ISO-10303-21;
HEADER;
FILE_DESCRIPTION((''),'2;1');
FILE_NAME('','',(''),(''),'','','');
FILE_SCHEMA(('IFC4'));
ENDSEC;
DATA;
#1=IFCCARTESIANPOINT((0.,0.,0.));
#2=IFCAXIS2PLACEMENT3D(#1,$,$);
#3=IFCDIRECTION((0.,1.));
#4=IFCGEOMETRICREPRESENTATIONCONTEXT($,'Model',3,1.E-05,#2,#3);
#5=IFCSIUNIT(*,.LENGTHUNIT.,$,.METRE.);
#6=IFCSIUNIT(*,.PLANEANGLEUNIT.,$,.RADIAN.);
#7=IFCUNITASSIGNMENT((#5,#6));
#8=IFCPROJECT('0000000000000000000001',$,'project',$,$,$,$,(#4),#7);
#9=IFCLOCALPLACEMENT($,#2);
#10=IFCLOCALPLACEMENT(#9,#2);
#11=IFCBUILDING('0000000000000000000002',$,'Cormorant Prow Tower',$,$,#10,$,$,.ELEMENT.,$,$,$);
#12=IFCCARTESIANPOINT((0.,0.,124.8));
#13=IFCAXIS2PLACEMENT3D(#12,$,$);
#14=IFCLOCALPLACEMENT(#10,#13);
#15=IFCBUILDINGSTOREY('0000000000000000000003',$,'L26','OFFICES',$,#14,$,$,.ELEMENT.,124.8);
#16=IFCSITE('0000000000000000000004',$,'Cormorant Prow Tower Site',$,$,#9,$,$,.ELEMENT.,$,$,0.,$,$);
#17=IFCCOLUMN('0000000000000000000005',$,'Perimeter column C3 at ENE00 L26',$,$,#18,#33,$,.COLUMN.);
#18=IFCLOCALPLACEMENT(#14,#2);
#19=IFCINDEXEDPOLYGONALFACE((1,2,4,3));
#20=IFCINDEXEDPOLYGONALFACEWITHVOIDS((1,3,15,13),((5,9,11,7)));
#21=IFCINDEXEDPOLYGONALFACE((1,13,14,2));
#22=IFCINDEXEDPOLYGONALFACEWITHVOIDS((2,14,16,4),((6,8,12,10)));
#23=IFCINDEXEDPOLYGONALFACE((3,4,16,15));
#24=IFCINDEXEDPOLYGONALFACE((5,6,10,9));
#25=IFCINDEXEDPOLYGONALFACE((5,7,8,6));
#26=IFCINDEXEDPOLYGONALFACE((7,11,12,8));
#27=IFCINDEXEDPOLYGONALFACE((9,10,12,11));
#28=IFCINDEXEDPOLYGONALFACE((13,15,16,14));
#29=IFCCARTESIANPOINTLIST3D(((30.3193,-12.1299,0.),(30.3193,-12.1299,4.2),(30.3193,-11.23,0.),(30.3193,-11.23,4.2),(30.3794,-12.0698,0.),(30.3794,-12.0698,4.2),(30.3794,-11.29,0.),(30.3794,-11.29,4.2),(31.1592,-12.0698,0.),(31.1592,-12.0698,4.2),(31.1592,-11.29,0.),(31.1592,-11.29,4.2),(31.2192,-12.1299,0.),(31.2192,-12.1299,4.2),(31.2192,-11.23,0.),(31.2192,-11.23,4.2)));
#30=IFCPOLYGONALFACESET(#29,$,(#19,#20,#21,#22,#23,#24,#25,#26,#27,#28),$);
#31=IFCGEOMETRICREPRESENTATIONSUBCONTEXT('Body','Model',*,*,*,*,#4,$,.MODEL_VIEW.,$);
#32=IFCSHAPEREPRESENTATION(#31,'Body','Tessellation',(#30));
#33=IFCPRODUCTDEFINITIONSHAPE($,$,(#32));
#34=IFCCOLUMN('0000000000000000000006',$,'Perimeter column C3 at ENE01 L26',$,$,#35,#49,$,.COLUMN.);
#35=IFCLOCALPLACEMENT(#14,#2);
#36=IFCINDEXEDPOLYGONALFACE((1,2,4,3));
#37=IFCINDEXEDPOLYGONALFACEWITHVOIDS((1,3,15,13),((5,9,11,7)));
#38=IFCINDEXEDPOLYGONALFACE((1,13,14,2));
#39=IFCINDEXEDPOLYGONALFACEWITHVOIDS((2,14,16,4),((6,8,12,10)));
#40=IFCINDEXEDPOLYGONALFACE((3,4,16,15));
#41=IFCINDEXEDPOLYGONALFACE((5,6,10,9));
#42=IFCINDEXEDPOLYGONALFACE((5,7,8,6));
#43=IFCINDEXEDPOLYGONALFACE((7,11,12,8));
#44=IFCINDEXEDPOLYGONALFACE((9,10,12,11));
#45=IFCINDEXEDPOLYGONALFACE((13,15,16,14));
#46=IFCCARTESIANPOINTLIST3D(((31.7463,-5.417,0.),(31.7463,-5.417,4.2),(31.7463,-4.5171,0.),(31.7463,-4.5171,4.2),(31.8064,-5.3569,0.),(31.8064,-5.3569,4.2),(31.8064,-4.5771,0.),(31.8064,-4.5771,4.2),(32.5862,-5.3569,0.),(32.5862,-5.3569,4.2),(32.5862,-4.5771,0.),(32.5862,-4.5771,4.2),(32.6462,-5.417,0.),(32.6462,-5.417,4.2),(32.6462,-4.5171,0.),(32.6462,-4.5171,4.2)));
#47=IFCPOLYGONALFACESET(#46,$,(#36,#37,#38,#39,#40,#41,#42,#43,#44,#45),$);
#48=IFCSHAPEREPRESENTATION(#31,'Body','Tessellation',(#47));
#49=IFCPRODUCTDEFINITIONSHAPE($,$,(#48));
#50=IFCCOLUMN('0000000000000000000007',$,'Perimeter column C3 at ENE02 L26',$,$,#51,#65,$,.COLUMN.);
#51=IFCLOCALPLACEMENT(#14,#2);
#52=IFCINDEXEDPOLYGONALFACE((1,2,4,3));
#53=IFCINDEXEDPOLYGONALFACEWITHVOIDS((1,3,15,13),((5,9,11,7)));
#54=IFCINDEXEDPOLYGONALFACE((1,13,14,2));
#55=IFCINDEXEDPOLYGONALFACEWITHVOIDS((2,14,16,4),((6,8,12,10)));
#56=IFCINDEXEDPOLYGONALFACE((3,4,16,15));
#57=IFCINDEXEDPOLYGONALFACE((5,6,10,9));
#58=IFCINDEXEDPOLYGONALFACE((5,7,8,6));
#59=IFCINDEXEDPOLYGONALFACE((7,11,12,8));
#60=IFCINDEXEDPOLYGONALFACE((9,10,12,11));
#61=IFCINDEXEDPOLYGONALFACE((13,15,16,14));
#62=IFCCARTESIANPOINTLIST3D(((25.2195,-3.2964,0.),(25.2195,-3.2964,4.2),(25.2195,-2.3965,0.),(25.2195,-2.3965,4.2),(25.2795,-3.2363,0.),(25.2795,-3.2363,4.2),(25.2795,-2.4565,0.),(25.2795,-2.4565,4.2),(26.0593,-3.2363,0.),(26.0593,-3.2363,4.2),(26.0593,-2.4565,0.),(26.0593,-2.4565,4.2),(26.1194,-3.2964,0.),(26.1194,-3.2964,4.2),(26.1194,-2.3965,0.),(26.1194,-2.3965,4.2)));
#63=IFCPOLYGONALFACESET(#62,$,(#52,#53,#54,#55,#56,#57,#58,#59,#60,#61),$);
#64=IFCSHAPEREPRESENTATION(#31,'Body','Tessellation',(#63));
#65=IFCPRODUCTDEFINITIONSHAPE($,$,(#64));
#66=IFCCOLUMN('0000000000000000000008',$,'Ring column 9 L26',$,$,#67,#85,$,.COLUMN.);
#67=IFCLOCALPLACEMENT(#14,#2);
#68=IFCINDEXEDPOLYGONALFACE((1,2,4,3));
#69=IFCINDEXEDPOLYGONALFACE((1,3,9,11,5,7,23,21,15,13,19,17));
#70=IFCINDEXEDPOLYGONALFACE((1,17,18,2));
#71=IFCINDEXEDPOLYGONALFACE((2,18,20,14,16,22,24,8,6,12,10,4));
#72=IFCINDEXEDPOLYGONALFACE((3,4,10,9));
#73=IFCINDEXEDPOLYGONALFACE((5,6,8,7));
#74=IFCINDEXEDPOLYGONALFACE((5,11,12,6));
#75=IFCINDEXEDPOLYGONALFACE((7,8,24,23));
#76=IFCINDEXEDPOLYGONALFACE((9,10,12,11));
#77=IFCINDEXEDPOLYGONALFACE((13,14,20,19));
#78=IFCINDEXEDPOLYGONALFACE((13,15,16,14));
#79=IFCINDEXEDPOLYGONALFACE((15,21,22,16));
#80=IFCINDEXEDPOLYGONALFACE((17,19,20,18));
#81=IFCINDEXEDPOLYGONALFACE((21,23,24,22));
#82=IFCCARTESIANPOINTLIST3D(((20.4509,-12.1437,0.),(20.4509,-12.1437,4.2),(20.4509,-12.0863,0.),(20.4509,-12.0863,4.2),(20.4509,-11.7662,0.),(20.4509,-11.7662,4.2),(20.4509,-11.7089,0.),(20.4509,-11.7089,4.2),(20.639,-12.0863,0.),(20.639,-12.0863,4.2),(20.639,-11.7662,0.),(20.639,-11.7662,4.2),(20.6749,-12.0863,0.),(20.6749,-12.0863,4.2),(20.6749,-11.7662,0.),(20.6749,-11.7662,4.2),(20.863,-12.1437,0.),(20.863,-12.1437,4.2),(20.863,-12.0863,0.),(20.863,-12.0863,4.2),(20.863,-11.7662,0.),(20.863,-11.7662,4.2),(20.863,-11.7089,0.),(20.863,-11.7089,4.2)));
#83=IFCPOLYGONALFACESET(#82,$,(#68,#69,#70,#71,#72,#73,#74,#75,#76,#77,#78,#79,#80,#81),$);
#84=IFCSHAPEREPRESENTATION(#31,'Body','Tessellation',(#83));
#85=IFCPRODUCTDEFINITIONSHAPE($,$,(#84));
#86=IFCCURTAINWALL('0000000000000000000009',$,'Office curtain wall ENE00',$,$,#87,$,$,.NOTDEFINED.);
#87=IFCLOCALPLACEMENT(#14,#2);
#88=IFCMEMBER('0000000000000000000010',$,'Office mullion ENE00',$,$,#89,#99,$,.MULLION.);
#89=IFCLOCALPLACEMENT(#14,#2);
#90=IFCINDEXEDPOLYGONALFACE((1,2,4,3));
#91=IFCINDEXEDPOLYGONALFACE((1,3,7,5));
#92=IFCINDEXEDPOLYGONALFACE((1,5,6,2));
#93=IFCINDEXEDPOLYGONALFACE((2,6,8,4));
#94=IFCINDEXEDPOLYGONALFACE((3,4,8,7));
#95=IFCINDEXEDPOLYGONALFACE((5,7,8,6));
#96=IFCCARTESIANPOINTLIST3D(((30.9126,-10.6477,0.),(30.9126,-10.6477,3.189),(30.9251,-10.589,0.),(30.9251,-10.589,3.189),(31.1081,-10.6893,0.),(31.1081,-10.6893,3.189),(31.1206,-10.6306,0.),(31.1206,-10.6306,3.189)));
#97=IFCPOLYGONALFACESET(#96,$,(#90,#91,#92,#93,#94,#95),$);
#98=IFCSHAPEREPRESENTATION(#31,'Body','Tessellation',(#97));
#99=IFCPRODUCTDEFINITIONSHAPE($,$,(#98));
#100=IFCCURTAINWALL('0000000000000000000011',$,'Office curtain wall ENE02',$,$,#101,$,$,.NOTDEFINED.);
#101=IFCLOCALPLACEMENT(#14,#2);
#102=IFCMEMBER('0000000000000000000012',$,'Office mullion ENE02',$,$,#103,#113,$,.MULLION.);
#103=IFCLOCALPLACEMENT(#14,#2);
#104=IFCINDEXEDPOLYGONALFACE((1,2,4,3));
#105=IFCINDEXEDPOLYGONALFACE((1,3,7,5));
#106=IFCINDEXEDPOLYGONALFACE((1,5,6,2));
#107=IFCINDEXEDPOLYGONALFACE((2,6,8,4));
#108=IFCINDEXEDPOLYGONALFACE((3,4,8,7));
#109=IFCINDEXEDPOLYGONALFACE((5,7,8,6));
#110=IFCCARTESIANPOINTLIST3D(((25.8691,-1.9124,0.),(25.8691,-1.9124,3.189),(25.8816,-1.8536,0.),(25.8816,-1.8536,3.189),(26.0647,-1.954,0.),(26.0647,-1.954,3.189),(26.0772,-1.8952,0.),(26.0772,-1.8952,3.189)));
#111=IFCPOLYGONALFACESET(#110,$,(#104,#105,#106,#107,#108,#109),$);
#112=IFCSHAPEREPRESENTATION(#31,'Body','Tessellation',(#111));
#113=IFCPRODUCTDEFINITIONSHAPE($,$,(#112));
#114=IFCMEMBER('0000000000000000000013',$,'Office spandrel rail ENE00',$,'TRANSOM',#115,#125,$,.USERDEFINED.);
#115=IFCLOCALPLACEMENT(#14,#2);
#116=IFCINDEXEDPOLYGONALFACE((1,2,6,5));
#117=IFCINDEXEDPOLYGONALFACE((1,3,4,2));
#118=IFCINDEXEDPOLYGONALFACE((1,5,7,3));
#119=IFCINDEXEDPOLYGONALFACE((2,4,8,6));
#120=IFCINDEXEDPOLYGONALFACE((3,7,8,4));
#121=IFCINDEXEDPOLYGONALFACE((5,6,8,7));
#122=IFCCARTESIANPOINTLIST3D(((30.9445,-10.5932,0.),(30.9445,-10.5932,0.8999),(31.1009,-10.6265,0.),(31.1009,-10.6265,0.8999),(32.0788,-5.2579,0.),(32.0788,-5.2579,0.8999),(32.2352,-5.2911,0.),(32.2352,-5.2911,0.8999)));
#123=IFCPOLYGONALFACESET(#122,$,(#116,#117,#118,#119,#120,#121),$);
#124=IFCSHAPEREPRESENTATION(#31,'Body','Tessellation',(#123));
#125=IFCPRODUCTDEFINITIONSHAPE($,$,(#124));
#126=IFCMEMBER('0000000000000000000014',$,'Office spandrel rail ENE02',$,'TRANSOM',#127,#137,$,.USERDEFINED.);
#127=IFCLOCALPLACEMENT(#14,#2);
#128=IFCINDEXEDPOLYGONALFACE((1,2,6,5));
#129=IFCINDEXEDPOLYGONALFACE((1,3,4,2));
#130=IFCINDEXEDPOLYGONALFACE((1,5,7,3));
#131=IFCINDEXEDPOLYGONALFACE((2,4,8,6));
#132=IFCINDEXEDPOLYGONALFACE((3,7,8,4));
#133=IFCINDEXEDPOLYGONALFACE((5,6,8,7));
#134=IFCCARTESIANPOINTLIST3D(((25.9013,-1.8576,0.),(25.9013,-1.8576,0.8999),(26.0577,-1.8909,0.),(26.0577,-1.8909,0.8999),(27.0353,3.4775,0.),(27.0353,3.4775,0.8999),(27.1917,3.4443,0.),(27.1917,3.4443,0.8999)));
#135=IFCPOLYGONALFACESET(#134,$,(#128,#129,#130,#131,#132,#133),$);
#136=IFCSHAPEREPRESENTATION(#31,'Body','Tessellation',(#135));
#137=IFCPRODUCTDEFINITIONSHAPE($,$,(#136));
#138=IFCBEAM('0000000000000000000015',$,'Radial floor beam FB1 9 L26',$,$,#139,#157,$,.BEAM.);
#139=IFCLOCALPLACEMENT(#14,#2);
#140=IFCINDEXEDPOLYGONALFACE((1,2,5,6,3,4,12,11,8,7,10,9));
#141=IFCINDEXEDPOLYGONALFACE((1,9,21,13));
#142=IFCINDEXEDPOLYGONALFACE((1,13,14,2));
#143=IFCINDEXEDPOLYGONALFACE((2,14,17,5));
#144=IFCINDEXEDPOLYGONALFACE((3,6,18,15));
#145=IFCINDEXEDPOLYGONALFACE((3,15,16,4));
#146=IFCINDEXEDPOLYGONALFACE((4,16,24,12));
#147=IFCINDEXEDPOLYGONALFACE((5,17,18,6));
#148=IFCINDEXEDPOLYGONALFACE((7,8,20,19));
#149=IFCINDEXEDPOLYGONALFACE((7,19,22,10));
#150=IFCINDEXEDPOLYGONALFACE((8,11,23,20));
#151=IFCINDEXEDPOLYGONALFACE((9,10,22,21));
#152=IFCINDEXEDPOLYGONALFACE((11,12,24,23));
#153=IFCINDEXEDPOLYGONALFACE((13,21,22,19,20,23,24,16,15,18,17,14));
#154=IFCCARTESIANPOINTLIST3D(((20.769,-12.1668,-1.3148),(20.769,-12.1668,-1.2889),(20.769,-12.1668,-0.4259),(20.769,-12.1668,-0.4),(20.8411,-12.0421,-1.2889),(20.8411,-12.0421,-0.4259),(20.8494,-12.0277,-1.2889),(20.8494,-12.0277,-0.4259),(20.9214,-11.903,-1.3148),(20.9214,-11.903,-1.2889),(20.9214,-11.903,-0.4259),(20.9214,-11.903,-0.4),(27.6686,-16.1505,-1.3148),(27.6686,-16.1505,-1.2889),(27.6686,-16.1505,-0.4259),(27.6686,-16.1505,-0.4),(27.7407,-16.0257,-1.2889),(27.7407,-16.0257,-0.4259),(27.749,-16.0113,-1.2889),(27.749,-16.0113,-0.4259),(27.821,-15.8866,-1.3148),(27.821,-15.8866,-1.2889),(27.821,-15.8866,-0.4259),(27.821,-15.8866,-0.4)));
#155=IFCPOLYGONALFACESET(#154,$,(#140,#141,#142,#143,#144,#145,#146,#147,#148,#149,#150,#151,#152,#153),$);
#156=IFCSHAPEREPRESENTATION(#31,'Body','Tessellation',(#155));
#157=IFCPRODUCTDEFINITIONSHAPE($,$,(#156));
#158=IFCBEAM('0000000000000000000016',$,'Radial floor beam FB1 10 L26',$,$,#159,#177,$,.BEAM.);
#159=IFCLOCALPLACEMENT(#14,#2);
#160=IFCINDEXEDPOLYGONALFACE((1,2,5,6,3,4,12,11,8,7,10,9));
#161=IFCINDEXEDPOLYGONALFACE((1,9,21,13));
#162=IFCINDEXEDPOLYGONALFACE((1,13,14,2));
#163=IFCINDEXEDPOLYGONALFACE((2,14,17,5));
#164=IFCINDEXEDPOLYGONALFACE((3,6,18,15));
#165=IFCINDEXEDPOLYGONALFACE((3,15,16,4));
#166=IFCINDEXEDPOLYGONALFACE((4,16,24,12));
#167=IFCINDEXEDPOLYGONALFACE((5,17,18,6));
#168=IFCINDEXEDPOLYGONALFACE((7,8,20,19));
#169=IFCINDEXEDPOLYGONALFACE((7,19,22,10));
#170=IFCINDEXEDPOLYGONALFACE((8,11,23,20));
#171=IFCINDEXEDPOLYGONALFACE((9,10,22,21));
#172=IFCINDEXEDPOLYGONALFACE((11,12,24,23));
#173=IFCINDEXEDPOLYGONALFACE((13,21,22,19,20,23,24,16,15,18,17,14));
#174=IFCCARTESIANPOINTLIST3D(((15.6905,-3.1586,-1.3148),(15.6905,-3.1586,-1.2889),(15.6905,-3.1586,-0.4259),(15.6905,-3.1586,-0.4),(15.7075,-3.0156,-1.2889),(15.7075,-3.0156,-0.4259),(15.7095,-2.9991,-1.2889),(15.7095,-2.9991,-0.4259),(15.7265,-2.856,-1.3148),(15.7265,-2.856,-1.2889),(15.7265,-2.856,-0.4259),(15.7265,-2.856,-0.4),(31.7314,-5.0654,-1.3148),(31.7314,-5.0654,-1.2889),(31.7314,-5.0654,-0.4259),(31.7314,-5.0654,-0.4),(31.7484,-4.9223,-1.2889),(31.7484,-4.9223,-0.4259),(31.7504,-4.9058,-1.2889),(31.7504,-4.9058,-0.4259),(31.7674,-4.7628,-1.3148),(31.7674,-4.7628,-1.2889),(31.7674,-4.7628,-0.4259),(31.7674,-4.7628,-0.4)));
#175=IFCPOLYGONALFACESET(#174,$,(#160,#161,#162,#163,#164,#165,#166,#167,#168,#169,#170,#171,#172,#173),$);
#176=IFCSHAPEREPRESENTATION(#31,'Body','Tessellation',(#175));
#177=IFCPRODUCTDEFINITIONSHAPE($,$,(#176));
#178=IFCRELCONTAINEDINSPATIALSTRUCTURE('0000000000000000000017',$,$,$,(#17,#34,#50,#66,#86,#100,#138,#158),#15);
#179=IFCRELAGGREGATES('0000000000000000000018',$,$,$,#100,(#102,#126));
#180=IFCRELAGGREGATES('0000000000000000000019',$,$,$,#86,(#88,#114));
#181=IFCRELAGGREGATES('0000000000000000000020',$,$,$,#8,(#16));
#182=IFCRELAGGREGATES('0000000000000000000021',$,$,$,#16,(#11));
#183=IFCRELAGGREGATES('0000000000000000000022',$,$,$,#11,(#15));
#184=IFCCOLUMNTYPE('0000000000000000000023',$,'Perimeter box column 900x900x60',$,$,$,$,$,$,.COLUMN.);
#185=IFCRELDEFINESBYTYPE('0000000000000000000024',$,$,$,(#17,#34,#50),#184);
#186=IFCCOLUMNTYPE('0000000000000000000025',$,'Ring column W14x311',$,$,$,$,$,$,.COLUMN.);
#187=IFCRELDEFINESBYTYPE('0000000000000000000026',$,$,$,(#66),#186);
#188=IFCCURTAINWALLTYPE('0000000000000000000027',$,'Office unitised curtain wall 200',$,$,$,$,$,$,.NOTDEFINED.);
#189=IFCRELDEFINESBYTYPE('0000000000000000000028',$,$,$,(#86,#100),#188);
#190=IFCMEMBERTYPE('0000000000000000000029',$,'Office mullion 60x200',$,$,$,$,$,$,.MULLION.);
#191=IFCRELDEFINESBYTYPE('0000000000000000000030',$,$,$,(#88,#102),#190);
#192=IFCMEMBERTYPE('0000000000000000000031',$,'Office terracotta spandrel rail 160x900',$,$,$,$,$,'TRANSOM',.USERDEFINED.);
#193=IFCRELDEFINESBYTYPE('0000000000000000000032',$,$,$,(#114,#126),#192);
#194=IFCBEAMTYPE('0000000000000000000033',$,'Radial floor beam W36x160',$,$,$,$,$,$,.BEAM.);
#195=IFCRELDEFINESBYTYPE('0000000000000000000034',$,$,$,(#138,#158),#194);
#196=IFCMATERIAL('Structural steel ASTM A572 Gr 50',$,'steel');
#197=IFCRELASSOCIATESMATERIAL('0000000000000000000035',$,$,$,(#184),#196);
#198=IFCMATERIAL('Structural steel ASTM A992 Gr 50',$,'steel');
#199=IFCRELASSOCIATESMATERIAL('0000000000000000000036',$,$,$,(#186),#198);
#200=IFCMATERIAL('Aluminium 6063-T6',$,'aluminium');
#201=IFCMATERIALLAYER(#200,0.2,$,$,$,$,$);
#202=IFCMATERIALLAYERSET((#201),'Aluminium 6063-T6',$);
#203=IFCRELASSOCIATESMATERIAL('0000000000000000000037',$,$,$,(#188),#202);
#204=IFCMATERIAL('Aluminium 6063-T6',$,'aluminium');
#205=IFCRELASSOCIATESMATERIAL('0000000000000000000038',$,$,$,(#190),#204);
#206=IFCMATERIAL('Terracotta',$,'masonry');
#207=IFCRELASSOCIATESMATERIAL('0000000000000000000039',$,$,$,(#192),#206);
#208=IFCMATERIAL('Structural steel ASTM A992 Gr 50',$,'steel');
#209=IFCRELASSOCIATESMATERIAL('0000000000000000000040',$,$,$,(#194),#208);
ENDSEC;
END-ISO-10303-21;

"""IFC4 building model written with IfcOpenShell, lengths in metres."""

from ifc_helpers import new_model, si_unit, direction, frame, origin, origin_2d, place, context, subcontext, project, spatial, rectangle, hollow_rectangle, i_section, extrude, material, layer, layer_set, material_profile, profile_set, type_object, element, aggregate, save


model = new_model("IFC4")

# Units and contexts
model_context = context("Model", 3, precision=1e-05, world=origin(), true_north=direction((0.0, 1.0)))
body_context = subcontext(model_context, "Body", "Model", "MODEL_VIEW")
ifc_project = project(units=[si_unit("LENGTHUNIT", "METRE"), si_unit("PLANEANGLEUNIT", "RADIAN")], contexts=[model_context])

# Site, building, storey
site_placement = place(None, origin())
site = spatial("IfcSite", under=ifc_project, at=site_placement, Name="Cormorant Prow Tower Site", CompositionType="ELEMENT", RefElevation=0.0)
building_placement = place(site_placement, origin())
building = spatial("IfcBuilding", under=site, at=building_placement, Name="Cormorant Prow Tower", CompositionType="ELEMENT")
storey_placement = place(building_placement, frame((0.0, 0.0, 124.8)))
storey = spatial("IfcBuildingStorey", under=building, at=storey_placement, Name="L26", Description="OFFICES", CompositionType="ELEMENT", Elevation=124.8)

# Columns
ifc_material_1 = material(Name="Structural steel ASTM A572 Gr 50", Category="steel")
ifc_material_profile_1 = material_profile(ifc_material_1, hollow_rectangle(XDim=0.8999, YDim=0.8999, WallThickness=0.0601, at=origin_2d()), Name="Box 900x900x60")
ifc_profile_set_1 = profile_set([ifc_material_profile_1], Name="Structural steel ASTM A572 Gr 50")
column_type_1 = type_object("IfcColumnType", Name="Perimeter box column 900x900x60", PredefinedType="COLUMN", material=ifc_profile_set_1)
for number, where, z_axis, x_axis, name in (
    (1, (30.7693, -11.6799, 0.0), (0.0, 0.0, 1.0), (1.0, 0.0, 0.0), "Perimeter column C3 at ENE00 L26"),
    (2, (32.1963, -4.967, 0.0), (0.0, 0.0, 1.0), (1.0, 0.0, 0.0), "Perimeter column C3 at ENE01 L26"),
    (3, (25.6694, -2.8464, 0.0), (0.0, 0.0, 1.0), (1.0, 0.0, 0.0), "Perimeter column C3 at ENE02 L26"),
):
    element("IfcColumn", number, at=place(storey_placement, frame(where, z_axis=z_axis, x_axis=x_axis)), inside=storey, type_object=column_type_1, Name=name, PredefinedType="COLUMN", context=body_context, shape_type="SweptSolid", body=[
        extrude(hollow_rectangle(XDim=0.8999, YDim=0.8999, WallThickness=0.0601, at=origin_2d()), origin(), (0.0, 0.0, 1.0), 4.2),
    ])
ifc_material_2 = material(Name="Structural steel ASTM A992 Gr 50", Category="steel")
ifc_material_profile_2 = material_profile(ifc_material_2, i_section(OverallWidth=0.4121, OverallDepth=0.4348, WebThickness=0.0359, FlangeThickness=0.0574, at=origin_2d()), Name="W14x311")
ifc_profile_set_2 = profile_set([ifc_material_profile_2], Name="Structural steel ASTM A992 Gr 50")
column_type_2 = type_object("IfcColumnType", Name="Ring column W14x311", PredefinedType="COLUMN", material=ifc_profile_set_2)
column_placement = place(storey_placement, frame((20.657, -11.9263, 0.0), z_axis=(0.0, 0.0, 1.0), x_axis=(1.0, 0.0, 0.0)))
element("IfcColumn", 4, at=column_placement, inside=storey, type_object=column_type_2, Name="Ring column 9 L26", PredefinedType="COLUMN", context=body_context, shape_type="SweptSolid", body=[
    extrude(i_section(OverallWidth=0.4121, OverallDepth=0.4348, WebThickness=0.0359, FlangeThickness=0.0574, at=origin_2d()), origin(), (0.0, 0.0, 1.0), 4.2),
])

# Curtain walls, members
ifc_material_3 = material(Name="Aluminium 6063-T6", Category="aluminium")
ifc_layer_1 = layer(ifc_material_3, 0.2)
ifc_layer_set_1 = layer_set([ifc_layer_1], Name="Aluminium 6063-T6")
curtain_wall_type = type_object("IfcCurtainWallType", Name="Office unitised curtain wall 200", PredefinedType="NOTDEFINED", material=ifc_layer_set_1)
curtain_wall_1_placement = place(storey_placement, origin())
curtain_wall_1 = element("IfcCurtainWall", 5, at=curtain_wall_1_placement, inside=storey, type_object=curtain_wall_type, Name="Office curtain wall ENE00", PredefinedType="NOTDEFINED")
ifc_material_4 = material(Name="Aluminium 6063-T6", Category="aluminium")
ifc_material_profile_3 = material_profile(ifc_material_4, rectangle(XDim=0.2, YDim=0.0601, at=origin_2d()), Name="Office mullion 60x200")
ifc_profile_set_3 = profile_set([ifc_material_profile_3], Name="Aluminium 6063-T6")
member_type_1 = type_object("IfcMemberType", Name="Office mullion 60x200", PredefinedType="MULLION", material=ifc_profile_set_3)
member_1_placement = place(storey_placement, frame((31.0166, -10.6392, 0.0), z_axis=(0.0, 0.0, 1.0), x_axis=(-0.978148, 0.207912, 0.0)))
member_1 = element("IfcMember", 6, at=member_1_placement, type_object=member_type_1, Name="Office mullion ENE00", PredefinedType="MULLION", context=body_context, shape_type="SweptSolid", body=[
    extrude(rectangle(XDim=0.2, YDim=0.0601, at=origin_2d()), origin(), (0.0, 0.0, 1.0), 3.189),
])
curtain_wall_2_placement = place(storey_placement, origin())
curtain_wall_2 = element("IfcCurtainWall", 7, at=curtain_wall_2_placement, inside=storey, type_object=curtain_wall_type, Name="Office curtain wall ENE02", PredefinedType="NOTDEFINED")
member_2_placement = place(storey_placement, frame((25.9731, -1.9038, 0.0), z_axis=(0.0, 0.0, 1.0), x_axis=(-0.978148, 0.207912, 0.0)))
member_2 = element("IfcMember", 8, at=member_2_placement, type_object=member_type_1, Name="Office mullion ENE02", PredefinedType="MULLION", context=body_context, shape_type="SweptSolid", body=[
    extrude(rectangle(XDim=0.2, YDim=0.0601, at=origin_2d()), origin(), (0.0, 0.0, 1.0), 3.189),
])

# Members
ifc_material_5 = material(Name="Terracotta", Category="masonry")
ifc_material_profile_4 = material_profile(ifc_material_5, rectangle(XDim=0.1599, YDim=0.8999, at=origin_2d()), Name="Office terracotta spandrel rail 160x900")
ifc_profile_set_4 = profile_set([ifc_material_profile_4], Name="Terracotta")
member_type_2 = type_object("IfcMemberType", Name="Office terracotta spandrel rail 160x900", ElementType="TRANSOM", PredefinedType="USERDEFINED", material=ifc_profile_set_4)
member_3_placement = place(storey_placement, frame((31.0227, -10.6099, 0.45), z_axis=(0.207945, 0.97814, 0.0), x_axis=(-0.97814, 0.207945, 0.0)))
member_3 = element("IfcMember", 9, at=member_3_placement, type_object=member_type_2, Name="Office spandrel rail ENE00", ObjectType="TRANSOM", PredefinedType="USERDEFINED", context=body_context, shape_type="SweptSolid", body=[
    extrude(rectangle(XDim=0.1599, YDim=0.8999, at=origin_2d()), origin(), (0.0, 0.0, 1.0), 5.4546),
])
member_4_placement = place(storey_placement, frame((25.9795, -1.8743, 0.45), z_axis=(0.207912, 0.978148, 0.0), x_axis=(-0.978148, 0.207912, 0.0)))
member_4 = element("IfcMember", 10, at=member_4_placement, type_object=member_type_2, Name="Office spandrel rail ENE02", ObjectType="TRANSOM", PredefinedType="USERDEFINED", context=body_context, shape_type="SweptSolid", body=[
    extrude(rectangle(XDim=0.1599, YDim=0.8999, at=origin_2d()), origin(), (0.0, 0.0, 1.0), 5.4543),
])
aggregate(curtain_wall_2, [member_2, member_4])

# Beams
ifc_material_6 = material(Name="Structural steel ASTM A992 Gr 50", Category="steel")
ifc_material_profile_5 = material_profile(ifc_material_6, i_section(OverallWidth=0.3047, OverallDepth=0.9148, WebThickness=0.0166, FlangeThickness=0.0259, at=origin_2d()), Name="W36x160")
ifc_profile_set_5 = profile_set([ifc_material_profile_5], Name="Structural steel ASTM A992 Gr 50")
beam_type_1 = type_object("IfcBeamType", Name="Radial floor beam W36x160", PredefinedType="BEAM", material=ifc_profile_set_5)
beam_1_placement = place(storey_placement, frame((20.8452, -12.0349, -0.8574), z_axis=(0.866019, -0.500012, 0.0), x_axis=(0.500012, 0.866019, 0.0)))
element("IfcBeam", 11, at=beam_1_placement, inside=storey, type_object=beam_type_1, Name="Radial floor beam FB1 9 L26", PredefinedType="BEAM", context=body_context, shape_type="SweptSolid", body=[
    extrude(i_section(OverallWidth=0.3047, OverallDepth=0.9148, WebThickness=0.0166, FlangeThickness=0.0259, at=origin_2d()), origin(), (0.0, 0.0, 1.0), 7.967),
])
beam_2_placement = place(storey_placement, frame((15.7085, -3.0073, -0.8574), z_axis=(0.993009, -0.118037, 0.0), x_axis=(0.118037, 0.993009, 0.0)))
element("IfcBeam", 12, at=beam_2_placement, inside=storey, type_object=beam_type_1, Name="Radial floor beam FB1 10 L26", PredefinedType="BEAM", context=body_context, shape_type="SweptSolid", body=[
    extrude(i_section(OverallWidth=0.3047, OverallDepth=0.9148, WebThickness=0.0166, FlangeThickness=0.0259, at=origin_2d()), origin(), (0.0, 0.0, 1.0), 16.1538),
])

aggregate(curtain_wall_1, [member_1, member_3])

save(model, "model.ifc")
